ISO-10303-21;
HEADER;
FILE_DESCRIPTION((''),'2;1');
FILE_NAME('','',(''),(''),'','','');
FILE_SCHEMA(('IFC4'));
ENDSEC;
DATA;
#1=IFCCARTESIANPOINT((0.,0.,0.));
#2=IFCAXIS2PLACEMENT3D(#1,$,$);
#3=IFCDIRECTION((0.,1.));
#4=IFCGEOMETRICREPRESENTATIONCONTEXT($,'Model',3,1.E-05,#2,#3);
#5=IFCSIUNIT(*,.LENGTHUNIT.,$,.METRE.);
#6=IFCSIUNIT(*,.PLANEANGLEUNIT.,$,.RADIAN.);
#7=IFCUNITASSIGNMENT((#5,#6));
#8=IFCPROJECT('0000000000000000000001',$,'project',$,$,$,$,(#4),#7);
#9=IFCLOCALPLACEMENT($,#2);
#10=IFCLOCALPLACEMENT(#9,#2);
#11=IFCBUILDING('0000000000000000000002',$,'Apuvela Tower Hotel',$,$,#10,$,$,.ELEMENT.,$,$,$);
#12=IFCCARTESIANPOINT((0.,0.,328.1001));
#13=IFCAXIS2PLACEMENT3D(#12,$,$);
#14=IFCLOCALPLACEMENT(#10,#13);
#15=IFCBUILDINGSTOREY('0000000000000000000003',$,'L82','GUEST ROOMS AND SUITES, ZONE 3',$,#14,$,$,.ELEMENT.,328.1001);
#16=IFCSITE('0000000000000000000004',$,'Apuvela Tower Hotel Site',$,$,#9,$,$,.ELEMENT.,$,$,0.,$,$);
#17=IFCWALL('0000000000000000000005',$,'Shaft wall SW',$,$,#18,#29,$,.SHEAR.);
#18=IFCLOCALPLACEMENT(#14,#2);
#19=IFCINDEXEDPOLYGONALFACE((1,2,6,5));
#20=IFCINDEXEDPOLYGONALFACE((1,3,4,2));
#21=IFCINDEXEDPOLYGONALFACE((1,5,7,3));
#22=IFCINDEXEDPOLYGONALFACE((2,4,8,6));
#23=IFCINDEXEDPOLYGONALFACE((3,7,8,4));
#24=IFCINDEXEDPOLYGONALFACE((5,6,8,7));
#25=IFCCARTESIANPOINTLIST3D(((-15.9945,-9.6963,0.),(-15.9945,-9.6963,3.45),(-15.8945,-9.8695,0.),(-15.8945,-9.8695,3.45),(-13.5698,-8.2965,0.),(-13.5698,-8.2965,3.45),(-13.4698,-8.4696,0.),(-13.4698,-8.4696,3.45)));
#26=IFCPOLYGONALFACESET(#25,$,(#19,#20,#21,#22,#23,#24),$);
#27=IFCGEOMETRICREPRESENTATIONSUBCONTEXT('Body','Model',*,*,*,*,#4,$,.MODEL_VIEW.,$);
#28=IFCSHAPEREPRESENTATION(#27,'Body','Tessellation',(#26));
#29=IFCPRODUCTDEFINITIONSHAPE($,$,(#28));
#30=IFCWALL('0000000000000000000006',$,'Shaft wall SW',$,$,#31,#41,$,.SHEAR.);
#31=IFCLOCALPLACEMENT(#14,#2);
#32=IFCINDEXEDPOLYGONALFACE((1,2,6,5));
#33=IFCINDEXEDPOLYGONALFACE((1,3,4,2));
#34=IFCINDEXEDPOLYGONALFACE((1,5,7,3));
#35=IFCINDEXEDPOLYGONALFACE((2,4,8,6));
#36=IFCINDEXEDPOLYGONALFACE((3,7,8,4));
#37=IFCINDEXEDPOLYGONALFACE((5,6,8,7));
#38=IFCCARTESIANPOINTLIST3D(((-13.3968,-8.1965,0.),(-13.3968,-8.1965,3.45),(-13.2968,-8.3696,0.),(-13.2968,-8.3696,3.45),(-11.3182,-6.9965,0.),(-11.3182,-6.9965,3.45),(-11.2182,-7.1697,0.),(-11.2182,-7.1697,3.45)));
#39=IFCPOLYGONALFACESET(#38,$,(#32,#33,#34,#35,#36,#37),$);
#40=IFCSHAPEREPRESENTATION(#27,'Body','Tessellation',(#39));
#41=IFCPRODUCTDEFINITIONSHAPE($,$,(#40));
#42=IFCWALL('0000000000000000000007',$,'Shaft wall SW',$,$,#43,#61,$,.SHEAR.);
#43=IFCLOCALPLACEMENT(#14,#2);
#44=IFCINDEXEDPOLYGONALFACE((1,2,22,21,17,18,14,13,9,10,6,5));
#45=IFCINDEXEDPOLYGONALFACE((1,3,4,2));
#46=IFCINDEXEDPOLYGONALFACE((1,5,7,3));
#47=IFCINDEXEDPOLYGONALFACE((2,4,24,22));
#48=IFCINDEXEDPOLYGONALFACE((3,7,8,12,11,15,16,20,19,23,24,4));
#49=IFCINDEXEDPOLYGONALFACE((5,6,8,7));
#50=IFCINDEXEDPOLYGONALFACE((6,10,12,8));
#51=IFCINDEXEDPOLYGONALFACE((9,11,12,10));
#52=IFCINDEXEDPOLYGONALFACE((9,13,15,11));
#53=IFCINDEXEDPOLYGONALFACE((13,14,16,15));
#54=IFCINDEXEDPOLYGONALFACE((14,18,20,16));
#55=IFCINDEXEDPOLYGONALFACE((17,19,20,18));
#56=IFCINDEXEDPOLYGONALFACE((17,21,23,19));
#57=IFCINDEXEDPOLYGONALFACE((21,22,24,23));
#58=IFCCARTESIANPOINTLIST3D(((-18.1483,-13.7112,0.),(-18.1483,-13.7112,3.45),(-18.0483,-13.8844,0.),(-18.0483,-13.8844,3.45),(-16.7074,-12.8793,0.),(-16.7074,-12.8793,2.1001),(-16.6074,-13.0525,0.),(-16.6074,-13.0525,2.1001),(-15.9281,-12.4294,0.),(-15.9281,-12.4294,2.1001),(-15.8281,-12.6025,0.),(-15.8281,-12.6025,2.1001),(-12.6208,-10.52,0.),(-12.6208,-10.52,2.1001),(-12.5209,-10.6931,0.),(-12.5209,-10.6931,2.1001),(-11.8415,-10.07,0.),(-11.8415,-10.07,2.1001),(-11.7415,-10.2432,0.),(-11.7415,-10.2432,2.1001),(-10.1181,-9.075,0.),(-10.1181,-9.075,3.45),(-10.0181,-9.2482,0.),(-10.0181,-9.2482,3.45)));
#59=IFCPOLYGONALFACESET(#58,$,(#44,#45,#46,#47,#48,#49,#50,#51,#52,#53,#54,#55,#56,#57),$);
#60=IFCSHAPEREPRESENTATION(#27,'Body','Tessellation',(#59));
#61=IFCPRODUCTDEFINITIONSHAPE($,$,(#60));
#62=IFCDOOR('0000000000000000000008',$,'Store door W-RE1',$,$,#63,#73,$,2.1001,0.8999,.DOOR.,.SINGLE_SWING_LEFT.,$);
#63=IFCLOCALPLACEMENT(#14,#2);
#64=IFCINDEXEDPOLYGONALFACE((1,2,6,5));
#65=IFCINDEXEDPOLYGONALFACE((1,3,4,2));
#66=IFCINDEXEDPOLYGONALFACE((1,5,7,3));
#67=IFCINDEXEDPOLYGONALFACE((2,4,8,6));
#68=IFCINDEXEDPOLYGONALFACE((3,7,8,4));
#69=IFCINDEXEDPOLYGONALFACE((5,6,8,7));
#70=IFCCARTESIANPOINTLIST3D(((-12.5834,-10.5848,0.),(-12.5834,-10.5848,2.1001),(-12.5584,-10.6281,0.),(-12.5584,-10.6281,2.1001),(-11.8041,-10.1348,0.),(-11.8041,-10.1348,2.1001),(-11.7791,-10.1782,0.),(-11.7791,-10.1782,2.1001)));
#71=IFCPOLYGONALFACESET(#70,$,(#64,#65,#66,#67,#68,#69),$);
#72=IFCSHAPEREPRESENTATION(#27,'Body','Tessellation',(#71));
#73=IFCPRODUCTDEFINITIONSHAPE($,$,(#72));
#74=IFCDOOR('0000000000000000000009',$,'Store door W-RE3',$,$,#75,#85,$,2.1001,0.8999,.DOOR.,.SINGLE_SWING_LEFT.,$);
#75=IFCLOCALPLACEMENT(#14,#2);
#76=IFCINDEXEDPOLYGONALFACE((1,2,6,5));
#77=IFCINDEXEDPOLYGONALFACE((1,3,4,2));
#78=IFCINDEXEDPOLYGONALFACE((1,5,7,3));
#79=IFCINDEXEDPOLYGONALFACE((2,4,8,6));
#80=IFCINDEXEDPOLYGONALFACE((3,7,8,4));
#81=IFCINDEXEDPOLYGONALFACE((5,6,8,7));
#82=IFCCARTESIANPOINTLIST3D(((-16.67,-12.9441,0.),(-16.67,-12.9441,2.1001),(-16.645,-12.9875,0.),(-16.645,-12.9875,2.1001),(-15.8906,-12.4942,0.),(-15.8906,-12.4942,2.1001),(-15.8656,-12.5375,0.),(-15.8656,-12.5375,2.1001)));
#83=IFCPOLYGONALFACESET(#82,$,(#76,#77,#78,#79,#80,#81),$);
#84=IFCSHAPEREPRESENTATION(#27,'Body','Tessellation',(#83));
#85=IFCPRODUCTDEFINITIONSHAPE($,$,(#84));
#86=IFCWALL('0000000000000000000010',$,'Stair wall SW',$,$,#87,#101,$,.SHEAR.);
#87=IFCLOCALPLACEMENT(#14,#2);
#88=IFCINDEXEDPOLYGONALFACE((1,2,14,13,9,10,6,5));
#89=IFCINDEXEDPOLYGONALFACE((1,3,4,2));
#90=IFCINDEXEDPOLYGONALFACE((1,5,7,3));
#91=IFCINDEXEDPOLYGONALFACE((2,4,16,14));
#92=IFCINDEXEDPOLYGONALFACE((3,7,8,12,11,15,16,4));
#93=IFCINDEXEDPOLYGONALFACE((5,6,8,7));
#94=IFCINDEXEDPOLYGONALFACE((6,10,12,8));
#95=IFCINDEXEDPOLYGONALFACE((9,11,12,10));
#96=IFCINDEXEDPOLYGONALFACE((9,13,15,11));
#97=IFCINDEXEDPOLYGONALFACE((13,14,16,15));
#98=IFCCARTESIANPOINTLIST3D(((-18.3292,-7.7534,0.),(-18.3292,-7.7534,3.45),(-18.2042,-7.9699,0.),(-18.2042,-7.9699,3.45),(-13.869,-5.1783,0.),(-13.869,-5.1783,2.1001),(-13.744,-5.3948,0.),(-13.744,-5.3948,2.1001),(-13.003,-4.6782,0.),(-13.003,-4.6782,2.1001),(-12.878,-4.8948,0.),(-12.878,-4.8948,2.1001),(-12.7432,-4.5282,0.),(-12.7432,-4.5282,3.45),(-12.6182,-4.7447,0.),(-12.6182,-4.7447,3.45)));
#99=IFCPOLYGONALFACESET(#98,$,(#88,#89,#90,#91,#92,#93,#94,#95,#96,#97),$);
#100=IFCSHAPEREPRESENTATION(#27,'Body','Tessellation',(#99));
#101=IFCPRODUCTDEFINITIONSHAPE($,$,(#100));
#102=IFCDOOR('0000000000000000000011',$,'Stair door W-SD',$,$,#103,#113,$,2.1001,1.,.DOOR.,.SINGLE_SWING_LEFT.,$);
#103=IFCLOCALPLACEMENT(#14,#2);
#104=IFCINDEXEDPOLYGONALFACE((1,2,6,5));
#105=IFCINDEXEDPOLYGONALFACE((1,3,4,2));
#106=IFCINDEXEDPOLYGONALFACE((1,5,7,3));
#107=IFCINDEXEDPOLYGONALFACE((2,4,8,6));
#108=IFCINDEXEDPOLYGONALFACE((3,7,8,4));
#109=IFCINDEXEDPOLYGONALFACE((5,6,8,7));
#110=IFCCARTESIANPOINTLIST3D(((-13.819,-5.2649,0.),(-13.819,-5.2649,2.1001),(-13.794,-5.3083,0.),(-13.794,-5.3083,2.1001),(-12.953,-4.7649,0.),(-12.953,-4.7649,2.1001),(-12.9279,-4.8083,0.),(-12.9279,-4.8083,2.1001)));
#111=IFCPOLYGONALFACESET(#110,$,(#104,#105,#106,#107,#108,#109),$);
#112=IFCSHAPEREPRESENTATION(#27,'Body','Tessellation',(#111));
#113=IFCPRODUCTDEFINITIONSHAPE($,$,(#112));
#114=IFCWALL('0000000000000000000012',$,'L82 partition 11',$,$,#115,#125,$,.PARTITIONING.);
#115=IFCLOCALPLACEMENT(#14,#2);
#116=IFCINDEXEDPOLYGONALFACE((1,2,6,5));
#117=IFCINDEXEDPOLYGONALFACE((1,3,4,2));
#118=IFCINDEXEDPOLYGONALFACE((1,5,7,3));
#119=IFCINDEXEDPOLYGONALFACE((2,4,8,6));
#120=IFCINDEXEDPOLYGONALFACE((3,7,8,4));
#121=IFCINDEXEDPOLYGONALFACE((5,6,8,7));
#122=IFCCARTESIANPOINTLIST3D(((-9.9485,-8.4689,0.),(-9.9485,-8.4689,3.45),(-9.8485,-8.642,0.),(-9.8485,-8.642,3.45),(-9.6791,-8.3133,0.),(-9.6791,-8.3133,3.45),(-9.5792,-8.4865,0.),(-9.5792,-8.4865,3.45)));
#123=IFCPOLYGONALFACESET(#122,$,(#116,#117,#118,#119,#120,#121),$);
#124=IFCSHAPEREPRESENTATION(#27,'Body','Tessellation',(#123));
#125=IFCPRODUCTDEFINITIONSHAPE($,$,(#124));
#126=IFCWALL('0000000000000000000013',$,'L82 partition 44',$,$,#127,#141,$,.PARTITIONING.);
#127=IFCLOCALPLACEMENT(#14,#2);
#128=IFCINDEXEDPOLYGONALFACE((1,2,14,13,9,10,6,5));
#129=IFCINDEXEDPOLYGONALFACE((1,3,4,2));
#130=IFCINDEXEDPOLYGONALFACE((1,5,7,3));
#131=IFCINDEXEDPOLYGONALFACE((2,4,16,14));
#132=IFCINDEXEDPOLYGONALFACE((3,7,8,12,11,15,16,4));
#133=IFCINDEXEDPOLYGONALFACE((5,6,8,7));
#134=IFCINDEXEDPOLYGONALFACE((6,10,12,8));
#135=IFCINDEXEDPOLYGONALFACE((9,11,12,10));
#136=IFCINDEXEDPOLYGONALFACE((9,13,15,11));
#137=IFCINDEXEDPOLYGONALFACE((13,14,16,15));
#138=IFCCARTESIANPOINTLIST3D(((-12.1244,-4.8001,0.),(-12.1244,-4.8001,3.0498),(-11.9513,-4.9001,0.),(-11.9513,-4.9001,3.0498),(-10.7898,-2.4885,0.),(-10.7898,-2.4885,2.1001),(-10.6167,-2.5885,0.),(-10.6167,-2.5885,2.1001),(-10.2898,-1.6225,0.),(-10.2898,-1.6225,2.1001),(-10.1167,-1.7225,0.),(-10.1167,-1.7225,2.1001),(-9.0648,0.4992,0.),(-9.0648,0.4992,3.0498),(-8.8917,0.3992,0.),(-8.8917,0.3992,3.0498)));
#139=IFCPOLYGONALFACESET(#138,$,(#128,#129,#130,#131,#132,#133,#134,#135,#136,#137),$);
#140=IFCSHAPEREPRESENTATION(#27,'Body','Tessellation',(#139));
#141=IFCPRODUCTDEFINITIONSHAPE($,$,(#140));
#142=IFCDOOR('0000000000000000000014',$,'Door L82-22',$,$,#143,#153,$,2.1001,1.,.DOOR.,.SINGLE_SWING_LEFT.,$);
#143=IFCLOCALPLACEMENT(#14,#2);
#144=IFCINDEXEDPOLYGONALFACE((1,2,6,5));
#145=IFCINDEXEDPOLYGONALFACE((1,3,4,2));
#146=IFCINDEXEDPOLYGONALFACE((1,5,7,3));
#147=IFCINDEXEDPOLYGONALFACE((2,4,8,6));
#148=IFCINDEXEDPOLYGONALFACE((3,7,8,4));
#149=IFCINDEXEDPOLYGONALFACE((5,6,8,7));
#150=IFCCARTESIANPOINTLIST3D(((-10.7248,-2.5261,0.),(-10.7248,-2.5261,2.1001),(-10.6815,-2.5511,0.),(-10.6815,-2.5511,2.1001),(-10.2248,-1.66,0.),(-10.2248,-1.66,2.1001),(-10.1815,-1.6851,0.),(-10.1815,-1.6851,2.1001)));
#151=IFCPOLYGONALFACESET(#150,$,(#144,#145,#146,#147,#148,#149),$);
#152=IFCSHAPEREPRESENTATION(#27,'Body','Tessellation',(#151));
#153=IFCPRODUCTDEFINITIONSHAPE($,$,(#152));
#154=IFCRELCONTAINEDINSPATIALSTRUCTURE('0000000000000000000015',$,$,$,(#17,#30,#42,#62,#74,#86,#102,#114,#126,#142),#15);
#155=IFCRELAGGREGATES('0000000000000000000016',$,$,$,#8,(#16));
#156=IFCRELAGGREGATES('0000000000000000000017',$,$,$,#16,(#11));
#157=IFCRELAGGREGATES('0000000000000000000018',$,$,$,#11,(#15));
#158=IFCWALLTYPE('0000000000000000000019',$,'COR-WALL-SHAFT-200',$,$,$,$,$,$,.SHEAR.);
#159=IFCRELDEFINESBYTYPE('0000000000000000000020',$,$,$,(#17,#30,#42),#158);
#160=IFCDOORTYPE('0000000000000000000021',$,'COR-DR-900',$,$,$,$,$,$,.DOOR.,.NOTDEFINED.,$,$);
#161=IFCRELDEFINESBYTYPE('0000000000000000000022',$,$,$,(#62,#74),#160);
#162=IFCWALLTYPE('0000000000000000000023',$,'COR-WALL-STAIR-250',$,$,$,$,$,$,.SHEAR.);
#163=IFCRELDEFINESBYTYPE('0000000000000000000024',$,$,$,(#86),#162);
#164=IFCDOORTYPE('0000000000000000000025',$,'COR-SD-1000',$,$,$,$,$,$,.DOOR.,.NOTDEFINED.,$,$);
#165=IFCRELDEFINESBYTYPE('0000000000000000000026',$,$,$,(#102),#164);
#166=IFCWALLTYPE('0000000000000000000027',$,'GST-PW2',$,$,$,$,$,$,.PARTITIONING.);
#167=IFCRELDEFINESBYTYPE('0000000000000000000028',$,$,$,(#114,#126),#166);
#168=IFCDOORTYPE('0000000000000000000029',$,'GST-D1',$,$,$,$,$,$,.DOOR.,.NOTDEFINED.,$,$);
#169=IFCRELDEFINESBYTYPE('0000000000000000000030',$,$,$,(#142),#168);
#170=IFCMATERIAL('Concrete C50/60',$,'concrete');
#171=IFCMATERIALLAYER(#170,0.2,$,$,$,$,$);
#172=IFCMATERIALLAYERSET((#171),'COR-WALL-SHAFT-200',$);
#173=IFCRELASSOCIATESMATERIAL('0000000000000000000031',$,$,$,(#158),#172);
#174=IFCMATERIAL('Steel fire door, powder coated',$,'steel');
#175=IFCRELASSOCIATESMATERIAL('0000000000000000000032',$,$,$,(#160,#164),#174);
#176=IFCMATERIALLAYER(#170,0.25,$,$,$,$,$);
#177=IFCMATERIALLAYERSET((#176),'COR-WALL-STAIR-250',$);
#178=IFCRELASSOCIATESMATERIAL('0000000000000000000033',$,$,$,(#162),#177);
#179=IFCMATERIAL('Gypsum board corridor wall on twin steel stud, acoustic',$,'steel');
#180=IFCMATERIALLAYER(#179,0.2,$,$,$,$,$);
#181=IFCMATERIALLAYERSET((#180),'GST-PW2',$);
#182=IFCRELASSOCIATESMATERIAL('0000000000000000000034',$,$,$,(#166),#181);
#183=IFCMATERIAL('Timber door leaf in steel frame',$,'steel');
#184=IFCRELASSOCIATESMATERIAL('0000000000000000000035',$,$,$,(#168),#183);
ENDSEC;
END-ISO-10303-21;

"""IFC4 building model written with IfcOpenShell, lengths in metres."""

from ifc_helpers import new_model, si_unit, direction, frame, frame_2d, origin, place, context, subcontext, project, spatial, rectangle, extrude, material, layer, layer_set, type_object, element, fill, save


model = new_model("IFC4")

# Units and contexts
model_context = context("Model", 3, precision=1e-05, world=origin(), true_north=direction((0.0, 1.0)))
body_context = subcontext(model_context, "Body", "Model", "MODEL_VIEW")
ifc_project = project(units=[si_unit("LENGTHUNIT", "METRE"), si_unit("PLANEANGLEUNIT", "RADIAN")], contexts=[model_context])

# Site, building, storey
site_placement = place(None, origin())
site = spatial("IfcSite", under=ifc_project, at=site_placement, Name="Apuvela Tower Hotel Site", CompositionType="ELEMENT", RefElevation=0.0)
building_placement = place(site_placement, origin())
building = spatial("IfcBuilding", under=site, at=building_placement, Name="Apuvela Tower Hotel", CompositionType="ELEMENT")
storey_placement = place(building_placement, frame((0.0, 0.0, 328.1001)))
storey = spatial("IfcBuildingStorey", under=building, at=storey_placement, Name="L82", Description="GUEST ROOMS AND SUITES, ZONE 3", CompositionType="ELEMENT", Elevation=328.1001)

# Walls
ifc_material_1 = material(Name="Concrete C50/60", Category="concrete")
ifc_layer_1 = layer(ifc_material_1, 0.2)
ifc_layer_set_1 = layer_set([ifc_layer_1], Name="COR-WALL-SHAFT-200")
wall_type_1 = type_object("IfcWallType", Name="COR-WALL-SHAFT-200", PredefinedType="SHEAR", material=ifc_layer_set_1)
wall_1_placement = place(storey_placement, frame((-13.5198, -8.3831, 0.0), z_axis=(0.0, 0.0, 1.0), x_axis=(-0.866035, -0.499984, 0.0)))
element("IfcWall", 1, at=wall_1_placement, inside=storey, type_object=wall_type_1, Name="Shaft wall SW", PredefinedType="SHEAR", context=body_context, shape_type="SweptSolid", body=[
    extrude(rectangle(XDim=2.7998, YDim=0.2, at=frame_2d((1.3999, 0.0))), origin(), (0.0, 0.0, 1.0), 3.45),
])
wall_2_placement = place(storey_placement, frame((-11.2681, -7.083, 0.0), z_axis=(0.0, 0.0, 1.0), x_axis=(-0.86605, -0.499957, 0.0)))
element("IfcWall", 2, at=wall_2_placement, inside=storey, type_object=wall_type_1, Name="Shaft wall SW", PredefinedType="SHEAR", context=body_context, shape_type="SweptSolid", body=[
    extrude(rectangle(XDim=2.4001, YDim=0.2, at=frame_2d((1.2002, 0.0))), origin(), (0.0, 0.0, 1.0), 3.45),
])

# Wall, openings, doors
wall_3_placement = place(storey_placement, frame((-10.0681, -9.1616, 0.0), z_axis=(0.0, 0.0, 1.0), x_axis=(-0.866028, -0.499996, 0.0)))
wall_3 = element("IfcWall", 3, at=wall_3_placement, inside=storey, type_object=wall_type_1, Name="Shaft wall SW", PredefinedType="SHEAR", context=body_context, shape_type="SweptSolid", body=[
    extrude(rectangle(XDim=9.2725, YDim=0.2, at=frame_2d((4.6362, 0.0))), origin(), (0.0, 0.0, 1.0), 3.45),
])
opening_1_placement = place(wall_3_placement, frame((1.99, 0.0, 0.0)))
opening_1 = element("IfcOpeningElement", 4, at=opening_1_placement, cuts=wall_3, PredefinedType="OPENING", context=body_context, shape_type="SweptSolid", body=[
    extrude(rectangle(XDim=0.8999, YDim=2.1001, at=frame_2d((0.45, 1.05))), frame((0.0, 0.1099, 0.0), z_axis=(0.0, -1.0, 0.0), x_axis=(1.0, 0.0, 0.0)), (0.0, 0.0, 1.0), 0.22),
])
opening_2_placement = place(wall_3_placement, frame((6.7087, 0.0, 0.0)))
opening_2 = element("IfcOpeningElement", 5, at=opening_2_placement, cuts=wall_3, PredefinedType="OPENING", context=body_context, shape_type="SweptSolid", body=[
    extrude(rectangle(XDim=0.8999, YDim=2.1001, at=frame_2d((0.45, 1.05))), frame((0.0, 0.1099, 0.0), z_axis=(0.0, -1.0, 0.0), x_axis=(1.0, 0.0, 0.0)), (0.0, 0.0, 1.0), 0.22),
])
ifc_material_2 = material(Name="Steel fire door, powder coated", Category="steel")
door_type_1 = type_object("IfcDoorType", Name="COR-DR-900", OperationType="NOTDEFINED", PredefinedType="DOOR", material=ifc_material_2)
door_1_placement = place(opening_1_placement, origin())
door_1 = element("IfcDoor", 6, at=door_1_placement, inside=storey, type_object=door_type_1, Name="Store door W-RE1", OperationType="SINGLE_SWING_LEFT", OverallHeight=2.1001, OverallWidth=0.8999, PredefinedType="DOOR", context=body_context, shape_type="SweptSolid", body=[
    extrude(rectangle(XDim=0.8999, YDim=2.1001, at=frame_2d((0.45, 1.05))), frame((0.0, 0.0249, 0.0), z_axis=(0.0, -1.0, 0.0), x_axis=(1.0, 0.0, 0.0)), (0.0, 0.0, 1.0), 0.05),
])
fill(opening_1, door_1)
door_2_placement = place(opening_2_placement, origin())
door_2 = element("IfcDoor", 7, at=door_2_placement, inside=storey, type_object=door_type_1, Name="Store door W-RE3", OperationType="SINGLE_SWING_LEFT", OverallHeight=2.1001, OverallWidth=0.8999, PredefinedType="DOOR", context=body_context, shape_type="SweptSolid", body=[
    extrude(rectangle(XDim=0.8999, YDim=2.1001, at=frame_2d((0.45, 1.05))), frame((0.0, 0.0249, 0.0), z_axis=(0.0, -1.0, 0.0), x_axis=(1.0, 0.0, 0.0)), (0.0, 0.0, 1.0), 0.05),
])
fill(opening_2, door_2)

# Wall, opening, door
ifc_layer_2 = layer(ifc_material_1, 0.25)
ifc_layer_set_2 = layer_set([ifc_layer_2], Name="COR-WALL-STAIR-250")
wall_type_2 = type_object("IfcWallType", Name="COR-WALL-STAIR-250", PredefinedType="SHEAR", material=ifc_layer_set_2)
wall_4_placement = place(storey_placement, frame((-12.6807, -4.6365, 0.0), z_axis=(0.0, 0.0, 1.0), x_axis=(-0.866022, -0.500006, 0.0)))
wall_4 = element("IfcWall", 8, at=wall_4_placement, inside=storey, type_object=wall_type_2, Name="Stair wall SW", PredefinedType="SHEAR", context=body_context, shape_type="SweptSolid", body=[
    extrude(rectangle(XDim=6.4502, YDim=0.25, at=frame_2d((3.2251, 0.0))), origin(), (0.0, 0.0, 1.0), 3.45),
])
opening_3_placement = place(wall_4_placement, frame((0.3, 0.0, 0.0)))
opening_3 = element("IfcOpeningElement", 9, at=opening_3_placement, cuts=wall_4, PredefinedType="OPENING", context=body_context, shape_type="SweptSolid", body=[
    extrude(rectangle(XDim=1.0, YDim=2.1001, at=frame_2d((0.5, 1.05))), frame((0.0, 0.135, 0.0), z_axis=(0.0, -1.0, 0.0), x_axis=(1.0, 0.0, 0.0)), (0.0, 0.0, 1.0), 0.27),
])
door_type_2 = type_object("IfcDoorType", Name="COR-SD-1000", OperationType="NOTDEFINED", PredefinedType="DOOR", material=ifc_material_2)
door_3_placement = place(opening_3_placement, frame((1.0, 0.0, 0.0), z_axis=(0.0, 0.0, 1.0), x_axis=(-1.0, 0.0, 0.0)))
door_3 = element("IfcDoor", 10, at=door_3_placement, inside=storey, type_object=door_type_2, Name="Stair door W-SD", OperationType="SINGLE_SWING_LEFT", OverallHeight=2.1001, OverallWidth=1.0, PredefinedType="DOOR", context=body_context, shape_type="SweptSolid", body=[
    extrude(rectangle(XDim=1.0, YDim=2.1001, at=frame_2d((0.5, 1.05))), frame((0.0, 0.0249, 0.0), z_axis=(0.0, -1.0, 0.0), x_axis=(1.0, 0.0, 0.0)), (0.0, 0.0, 1.0), 0.05),
])
fill(opening_3, door_3)

# Wall
ifc_material_3 = material(Name="Gypsum board corridor wall on twin steel stud, acoustic", Category="steel")
ifc_layer_3 = layer(ifc_material_3, 0.2)
ifc_layer_set_3 = layer_set([ifc_layer_3], Name="GST-PW2")
wall_type_3 = type_object("IfcWallType", Name="GST-PW2", PredefinedType="PARTITIONING", material=ifc_layer_set_3)
wall_5_placement = place(storey_placement, frame((-9.6292, -8.3999, 0.0), z_axis=(0.0, 0.0, 1.0), x_axis=(-0.865963, -0.500108, 0.0)))
element("IfcWall", 11, at=wall_5_placement, inside=storey, type_object=wall_type_3, Name="L82 partition 11", PredefinedType="PARTITIONING", context=body_context, shape_type="SweptSolid", body=[
    extrude(rectangle(XDim=0.311, YDim=0.2, at=frame_2d((0.1555, 0.0))), origin(), (0.0, 0.0, 1.0), 3.45),
])

# Wall, opening, door
wall_6_placement = place(storey_placement, frame((-12.0378, -4.8501, 0.0), z_axis=(0.0, 0.0, 1.0), x_axis=(0.500001, 0.866025, 0.0)))
wall_6 = element("IfcWall", 12, at=wall_6_placement, inside=storey, type_object=wall_type_3, Name="L82 partition 44", PredefinedType="PARTITIONING", context=body_context, shape_type="SweptSolid", body=[
    extrude(rectangle(XDim=6.1191, YDim=0.2, at=frame_2d((3.0596, 0.0))), origin(), (0.0, 0.0, 1.0), 3.0498),
])
opening_4_placement = place(wall_6_placement, frame((2.6692, 0.0, 0.0)))
opening_4 = element("IfcOpeningElement", 13, at=opening_4_placement, cuts=wall_6, PredefinedType="OPENING", context=body_context, shape_type="SweptSolid", body=[
    extrude(rectangle(XDim=1.0, YDim=2.1001, at=frame_2d((0.5, 1.05))), frame((0.0, 0.1099, 0.0), z_axis=(0.0, -1.0, 0.0), x_axis=(1.0, 0.0, 0.0)), (0.0, 0.0, 1.0), 0.22),
])
ifc_material_4 = material(Name="Timber door leaf in steel frame", Category="steel")
door_type_3 = type_object("IfcDoorType", Name="GST-D1", OperationType="NOTDEFINED", PredefinedType="DOOR", material=ifc_material_4)
door_4_placement = place(opening_4_placement, origin())
door_4 = element("IfcDoor", 14, at=door_4_placement, inside=storey, type_object=door_type_3, Name="Door L82-22", OperationType="SINGLE_SWING_LEFT", OverallHeight=2.1001, OverallWidth=1.0, PredefinedType="DOOR", context=body_context, shape_type="SweptSolid", body=[
    extrude(rectangle(XDim=1.0, YDim=2.1001, at=frame_2d((0.5, 1.05))), frame((0.0, 0.0249, 0.0), z_axis=(0.0, -1.0, 0.0), x_axis=(1.0, 0.0, 0.0)), (0.0, 0.0, 1.0), 0.05),
])
fill(opening_4, door_4)

save(model, "model.ifc")
